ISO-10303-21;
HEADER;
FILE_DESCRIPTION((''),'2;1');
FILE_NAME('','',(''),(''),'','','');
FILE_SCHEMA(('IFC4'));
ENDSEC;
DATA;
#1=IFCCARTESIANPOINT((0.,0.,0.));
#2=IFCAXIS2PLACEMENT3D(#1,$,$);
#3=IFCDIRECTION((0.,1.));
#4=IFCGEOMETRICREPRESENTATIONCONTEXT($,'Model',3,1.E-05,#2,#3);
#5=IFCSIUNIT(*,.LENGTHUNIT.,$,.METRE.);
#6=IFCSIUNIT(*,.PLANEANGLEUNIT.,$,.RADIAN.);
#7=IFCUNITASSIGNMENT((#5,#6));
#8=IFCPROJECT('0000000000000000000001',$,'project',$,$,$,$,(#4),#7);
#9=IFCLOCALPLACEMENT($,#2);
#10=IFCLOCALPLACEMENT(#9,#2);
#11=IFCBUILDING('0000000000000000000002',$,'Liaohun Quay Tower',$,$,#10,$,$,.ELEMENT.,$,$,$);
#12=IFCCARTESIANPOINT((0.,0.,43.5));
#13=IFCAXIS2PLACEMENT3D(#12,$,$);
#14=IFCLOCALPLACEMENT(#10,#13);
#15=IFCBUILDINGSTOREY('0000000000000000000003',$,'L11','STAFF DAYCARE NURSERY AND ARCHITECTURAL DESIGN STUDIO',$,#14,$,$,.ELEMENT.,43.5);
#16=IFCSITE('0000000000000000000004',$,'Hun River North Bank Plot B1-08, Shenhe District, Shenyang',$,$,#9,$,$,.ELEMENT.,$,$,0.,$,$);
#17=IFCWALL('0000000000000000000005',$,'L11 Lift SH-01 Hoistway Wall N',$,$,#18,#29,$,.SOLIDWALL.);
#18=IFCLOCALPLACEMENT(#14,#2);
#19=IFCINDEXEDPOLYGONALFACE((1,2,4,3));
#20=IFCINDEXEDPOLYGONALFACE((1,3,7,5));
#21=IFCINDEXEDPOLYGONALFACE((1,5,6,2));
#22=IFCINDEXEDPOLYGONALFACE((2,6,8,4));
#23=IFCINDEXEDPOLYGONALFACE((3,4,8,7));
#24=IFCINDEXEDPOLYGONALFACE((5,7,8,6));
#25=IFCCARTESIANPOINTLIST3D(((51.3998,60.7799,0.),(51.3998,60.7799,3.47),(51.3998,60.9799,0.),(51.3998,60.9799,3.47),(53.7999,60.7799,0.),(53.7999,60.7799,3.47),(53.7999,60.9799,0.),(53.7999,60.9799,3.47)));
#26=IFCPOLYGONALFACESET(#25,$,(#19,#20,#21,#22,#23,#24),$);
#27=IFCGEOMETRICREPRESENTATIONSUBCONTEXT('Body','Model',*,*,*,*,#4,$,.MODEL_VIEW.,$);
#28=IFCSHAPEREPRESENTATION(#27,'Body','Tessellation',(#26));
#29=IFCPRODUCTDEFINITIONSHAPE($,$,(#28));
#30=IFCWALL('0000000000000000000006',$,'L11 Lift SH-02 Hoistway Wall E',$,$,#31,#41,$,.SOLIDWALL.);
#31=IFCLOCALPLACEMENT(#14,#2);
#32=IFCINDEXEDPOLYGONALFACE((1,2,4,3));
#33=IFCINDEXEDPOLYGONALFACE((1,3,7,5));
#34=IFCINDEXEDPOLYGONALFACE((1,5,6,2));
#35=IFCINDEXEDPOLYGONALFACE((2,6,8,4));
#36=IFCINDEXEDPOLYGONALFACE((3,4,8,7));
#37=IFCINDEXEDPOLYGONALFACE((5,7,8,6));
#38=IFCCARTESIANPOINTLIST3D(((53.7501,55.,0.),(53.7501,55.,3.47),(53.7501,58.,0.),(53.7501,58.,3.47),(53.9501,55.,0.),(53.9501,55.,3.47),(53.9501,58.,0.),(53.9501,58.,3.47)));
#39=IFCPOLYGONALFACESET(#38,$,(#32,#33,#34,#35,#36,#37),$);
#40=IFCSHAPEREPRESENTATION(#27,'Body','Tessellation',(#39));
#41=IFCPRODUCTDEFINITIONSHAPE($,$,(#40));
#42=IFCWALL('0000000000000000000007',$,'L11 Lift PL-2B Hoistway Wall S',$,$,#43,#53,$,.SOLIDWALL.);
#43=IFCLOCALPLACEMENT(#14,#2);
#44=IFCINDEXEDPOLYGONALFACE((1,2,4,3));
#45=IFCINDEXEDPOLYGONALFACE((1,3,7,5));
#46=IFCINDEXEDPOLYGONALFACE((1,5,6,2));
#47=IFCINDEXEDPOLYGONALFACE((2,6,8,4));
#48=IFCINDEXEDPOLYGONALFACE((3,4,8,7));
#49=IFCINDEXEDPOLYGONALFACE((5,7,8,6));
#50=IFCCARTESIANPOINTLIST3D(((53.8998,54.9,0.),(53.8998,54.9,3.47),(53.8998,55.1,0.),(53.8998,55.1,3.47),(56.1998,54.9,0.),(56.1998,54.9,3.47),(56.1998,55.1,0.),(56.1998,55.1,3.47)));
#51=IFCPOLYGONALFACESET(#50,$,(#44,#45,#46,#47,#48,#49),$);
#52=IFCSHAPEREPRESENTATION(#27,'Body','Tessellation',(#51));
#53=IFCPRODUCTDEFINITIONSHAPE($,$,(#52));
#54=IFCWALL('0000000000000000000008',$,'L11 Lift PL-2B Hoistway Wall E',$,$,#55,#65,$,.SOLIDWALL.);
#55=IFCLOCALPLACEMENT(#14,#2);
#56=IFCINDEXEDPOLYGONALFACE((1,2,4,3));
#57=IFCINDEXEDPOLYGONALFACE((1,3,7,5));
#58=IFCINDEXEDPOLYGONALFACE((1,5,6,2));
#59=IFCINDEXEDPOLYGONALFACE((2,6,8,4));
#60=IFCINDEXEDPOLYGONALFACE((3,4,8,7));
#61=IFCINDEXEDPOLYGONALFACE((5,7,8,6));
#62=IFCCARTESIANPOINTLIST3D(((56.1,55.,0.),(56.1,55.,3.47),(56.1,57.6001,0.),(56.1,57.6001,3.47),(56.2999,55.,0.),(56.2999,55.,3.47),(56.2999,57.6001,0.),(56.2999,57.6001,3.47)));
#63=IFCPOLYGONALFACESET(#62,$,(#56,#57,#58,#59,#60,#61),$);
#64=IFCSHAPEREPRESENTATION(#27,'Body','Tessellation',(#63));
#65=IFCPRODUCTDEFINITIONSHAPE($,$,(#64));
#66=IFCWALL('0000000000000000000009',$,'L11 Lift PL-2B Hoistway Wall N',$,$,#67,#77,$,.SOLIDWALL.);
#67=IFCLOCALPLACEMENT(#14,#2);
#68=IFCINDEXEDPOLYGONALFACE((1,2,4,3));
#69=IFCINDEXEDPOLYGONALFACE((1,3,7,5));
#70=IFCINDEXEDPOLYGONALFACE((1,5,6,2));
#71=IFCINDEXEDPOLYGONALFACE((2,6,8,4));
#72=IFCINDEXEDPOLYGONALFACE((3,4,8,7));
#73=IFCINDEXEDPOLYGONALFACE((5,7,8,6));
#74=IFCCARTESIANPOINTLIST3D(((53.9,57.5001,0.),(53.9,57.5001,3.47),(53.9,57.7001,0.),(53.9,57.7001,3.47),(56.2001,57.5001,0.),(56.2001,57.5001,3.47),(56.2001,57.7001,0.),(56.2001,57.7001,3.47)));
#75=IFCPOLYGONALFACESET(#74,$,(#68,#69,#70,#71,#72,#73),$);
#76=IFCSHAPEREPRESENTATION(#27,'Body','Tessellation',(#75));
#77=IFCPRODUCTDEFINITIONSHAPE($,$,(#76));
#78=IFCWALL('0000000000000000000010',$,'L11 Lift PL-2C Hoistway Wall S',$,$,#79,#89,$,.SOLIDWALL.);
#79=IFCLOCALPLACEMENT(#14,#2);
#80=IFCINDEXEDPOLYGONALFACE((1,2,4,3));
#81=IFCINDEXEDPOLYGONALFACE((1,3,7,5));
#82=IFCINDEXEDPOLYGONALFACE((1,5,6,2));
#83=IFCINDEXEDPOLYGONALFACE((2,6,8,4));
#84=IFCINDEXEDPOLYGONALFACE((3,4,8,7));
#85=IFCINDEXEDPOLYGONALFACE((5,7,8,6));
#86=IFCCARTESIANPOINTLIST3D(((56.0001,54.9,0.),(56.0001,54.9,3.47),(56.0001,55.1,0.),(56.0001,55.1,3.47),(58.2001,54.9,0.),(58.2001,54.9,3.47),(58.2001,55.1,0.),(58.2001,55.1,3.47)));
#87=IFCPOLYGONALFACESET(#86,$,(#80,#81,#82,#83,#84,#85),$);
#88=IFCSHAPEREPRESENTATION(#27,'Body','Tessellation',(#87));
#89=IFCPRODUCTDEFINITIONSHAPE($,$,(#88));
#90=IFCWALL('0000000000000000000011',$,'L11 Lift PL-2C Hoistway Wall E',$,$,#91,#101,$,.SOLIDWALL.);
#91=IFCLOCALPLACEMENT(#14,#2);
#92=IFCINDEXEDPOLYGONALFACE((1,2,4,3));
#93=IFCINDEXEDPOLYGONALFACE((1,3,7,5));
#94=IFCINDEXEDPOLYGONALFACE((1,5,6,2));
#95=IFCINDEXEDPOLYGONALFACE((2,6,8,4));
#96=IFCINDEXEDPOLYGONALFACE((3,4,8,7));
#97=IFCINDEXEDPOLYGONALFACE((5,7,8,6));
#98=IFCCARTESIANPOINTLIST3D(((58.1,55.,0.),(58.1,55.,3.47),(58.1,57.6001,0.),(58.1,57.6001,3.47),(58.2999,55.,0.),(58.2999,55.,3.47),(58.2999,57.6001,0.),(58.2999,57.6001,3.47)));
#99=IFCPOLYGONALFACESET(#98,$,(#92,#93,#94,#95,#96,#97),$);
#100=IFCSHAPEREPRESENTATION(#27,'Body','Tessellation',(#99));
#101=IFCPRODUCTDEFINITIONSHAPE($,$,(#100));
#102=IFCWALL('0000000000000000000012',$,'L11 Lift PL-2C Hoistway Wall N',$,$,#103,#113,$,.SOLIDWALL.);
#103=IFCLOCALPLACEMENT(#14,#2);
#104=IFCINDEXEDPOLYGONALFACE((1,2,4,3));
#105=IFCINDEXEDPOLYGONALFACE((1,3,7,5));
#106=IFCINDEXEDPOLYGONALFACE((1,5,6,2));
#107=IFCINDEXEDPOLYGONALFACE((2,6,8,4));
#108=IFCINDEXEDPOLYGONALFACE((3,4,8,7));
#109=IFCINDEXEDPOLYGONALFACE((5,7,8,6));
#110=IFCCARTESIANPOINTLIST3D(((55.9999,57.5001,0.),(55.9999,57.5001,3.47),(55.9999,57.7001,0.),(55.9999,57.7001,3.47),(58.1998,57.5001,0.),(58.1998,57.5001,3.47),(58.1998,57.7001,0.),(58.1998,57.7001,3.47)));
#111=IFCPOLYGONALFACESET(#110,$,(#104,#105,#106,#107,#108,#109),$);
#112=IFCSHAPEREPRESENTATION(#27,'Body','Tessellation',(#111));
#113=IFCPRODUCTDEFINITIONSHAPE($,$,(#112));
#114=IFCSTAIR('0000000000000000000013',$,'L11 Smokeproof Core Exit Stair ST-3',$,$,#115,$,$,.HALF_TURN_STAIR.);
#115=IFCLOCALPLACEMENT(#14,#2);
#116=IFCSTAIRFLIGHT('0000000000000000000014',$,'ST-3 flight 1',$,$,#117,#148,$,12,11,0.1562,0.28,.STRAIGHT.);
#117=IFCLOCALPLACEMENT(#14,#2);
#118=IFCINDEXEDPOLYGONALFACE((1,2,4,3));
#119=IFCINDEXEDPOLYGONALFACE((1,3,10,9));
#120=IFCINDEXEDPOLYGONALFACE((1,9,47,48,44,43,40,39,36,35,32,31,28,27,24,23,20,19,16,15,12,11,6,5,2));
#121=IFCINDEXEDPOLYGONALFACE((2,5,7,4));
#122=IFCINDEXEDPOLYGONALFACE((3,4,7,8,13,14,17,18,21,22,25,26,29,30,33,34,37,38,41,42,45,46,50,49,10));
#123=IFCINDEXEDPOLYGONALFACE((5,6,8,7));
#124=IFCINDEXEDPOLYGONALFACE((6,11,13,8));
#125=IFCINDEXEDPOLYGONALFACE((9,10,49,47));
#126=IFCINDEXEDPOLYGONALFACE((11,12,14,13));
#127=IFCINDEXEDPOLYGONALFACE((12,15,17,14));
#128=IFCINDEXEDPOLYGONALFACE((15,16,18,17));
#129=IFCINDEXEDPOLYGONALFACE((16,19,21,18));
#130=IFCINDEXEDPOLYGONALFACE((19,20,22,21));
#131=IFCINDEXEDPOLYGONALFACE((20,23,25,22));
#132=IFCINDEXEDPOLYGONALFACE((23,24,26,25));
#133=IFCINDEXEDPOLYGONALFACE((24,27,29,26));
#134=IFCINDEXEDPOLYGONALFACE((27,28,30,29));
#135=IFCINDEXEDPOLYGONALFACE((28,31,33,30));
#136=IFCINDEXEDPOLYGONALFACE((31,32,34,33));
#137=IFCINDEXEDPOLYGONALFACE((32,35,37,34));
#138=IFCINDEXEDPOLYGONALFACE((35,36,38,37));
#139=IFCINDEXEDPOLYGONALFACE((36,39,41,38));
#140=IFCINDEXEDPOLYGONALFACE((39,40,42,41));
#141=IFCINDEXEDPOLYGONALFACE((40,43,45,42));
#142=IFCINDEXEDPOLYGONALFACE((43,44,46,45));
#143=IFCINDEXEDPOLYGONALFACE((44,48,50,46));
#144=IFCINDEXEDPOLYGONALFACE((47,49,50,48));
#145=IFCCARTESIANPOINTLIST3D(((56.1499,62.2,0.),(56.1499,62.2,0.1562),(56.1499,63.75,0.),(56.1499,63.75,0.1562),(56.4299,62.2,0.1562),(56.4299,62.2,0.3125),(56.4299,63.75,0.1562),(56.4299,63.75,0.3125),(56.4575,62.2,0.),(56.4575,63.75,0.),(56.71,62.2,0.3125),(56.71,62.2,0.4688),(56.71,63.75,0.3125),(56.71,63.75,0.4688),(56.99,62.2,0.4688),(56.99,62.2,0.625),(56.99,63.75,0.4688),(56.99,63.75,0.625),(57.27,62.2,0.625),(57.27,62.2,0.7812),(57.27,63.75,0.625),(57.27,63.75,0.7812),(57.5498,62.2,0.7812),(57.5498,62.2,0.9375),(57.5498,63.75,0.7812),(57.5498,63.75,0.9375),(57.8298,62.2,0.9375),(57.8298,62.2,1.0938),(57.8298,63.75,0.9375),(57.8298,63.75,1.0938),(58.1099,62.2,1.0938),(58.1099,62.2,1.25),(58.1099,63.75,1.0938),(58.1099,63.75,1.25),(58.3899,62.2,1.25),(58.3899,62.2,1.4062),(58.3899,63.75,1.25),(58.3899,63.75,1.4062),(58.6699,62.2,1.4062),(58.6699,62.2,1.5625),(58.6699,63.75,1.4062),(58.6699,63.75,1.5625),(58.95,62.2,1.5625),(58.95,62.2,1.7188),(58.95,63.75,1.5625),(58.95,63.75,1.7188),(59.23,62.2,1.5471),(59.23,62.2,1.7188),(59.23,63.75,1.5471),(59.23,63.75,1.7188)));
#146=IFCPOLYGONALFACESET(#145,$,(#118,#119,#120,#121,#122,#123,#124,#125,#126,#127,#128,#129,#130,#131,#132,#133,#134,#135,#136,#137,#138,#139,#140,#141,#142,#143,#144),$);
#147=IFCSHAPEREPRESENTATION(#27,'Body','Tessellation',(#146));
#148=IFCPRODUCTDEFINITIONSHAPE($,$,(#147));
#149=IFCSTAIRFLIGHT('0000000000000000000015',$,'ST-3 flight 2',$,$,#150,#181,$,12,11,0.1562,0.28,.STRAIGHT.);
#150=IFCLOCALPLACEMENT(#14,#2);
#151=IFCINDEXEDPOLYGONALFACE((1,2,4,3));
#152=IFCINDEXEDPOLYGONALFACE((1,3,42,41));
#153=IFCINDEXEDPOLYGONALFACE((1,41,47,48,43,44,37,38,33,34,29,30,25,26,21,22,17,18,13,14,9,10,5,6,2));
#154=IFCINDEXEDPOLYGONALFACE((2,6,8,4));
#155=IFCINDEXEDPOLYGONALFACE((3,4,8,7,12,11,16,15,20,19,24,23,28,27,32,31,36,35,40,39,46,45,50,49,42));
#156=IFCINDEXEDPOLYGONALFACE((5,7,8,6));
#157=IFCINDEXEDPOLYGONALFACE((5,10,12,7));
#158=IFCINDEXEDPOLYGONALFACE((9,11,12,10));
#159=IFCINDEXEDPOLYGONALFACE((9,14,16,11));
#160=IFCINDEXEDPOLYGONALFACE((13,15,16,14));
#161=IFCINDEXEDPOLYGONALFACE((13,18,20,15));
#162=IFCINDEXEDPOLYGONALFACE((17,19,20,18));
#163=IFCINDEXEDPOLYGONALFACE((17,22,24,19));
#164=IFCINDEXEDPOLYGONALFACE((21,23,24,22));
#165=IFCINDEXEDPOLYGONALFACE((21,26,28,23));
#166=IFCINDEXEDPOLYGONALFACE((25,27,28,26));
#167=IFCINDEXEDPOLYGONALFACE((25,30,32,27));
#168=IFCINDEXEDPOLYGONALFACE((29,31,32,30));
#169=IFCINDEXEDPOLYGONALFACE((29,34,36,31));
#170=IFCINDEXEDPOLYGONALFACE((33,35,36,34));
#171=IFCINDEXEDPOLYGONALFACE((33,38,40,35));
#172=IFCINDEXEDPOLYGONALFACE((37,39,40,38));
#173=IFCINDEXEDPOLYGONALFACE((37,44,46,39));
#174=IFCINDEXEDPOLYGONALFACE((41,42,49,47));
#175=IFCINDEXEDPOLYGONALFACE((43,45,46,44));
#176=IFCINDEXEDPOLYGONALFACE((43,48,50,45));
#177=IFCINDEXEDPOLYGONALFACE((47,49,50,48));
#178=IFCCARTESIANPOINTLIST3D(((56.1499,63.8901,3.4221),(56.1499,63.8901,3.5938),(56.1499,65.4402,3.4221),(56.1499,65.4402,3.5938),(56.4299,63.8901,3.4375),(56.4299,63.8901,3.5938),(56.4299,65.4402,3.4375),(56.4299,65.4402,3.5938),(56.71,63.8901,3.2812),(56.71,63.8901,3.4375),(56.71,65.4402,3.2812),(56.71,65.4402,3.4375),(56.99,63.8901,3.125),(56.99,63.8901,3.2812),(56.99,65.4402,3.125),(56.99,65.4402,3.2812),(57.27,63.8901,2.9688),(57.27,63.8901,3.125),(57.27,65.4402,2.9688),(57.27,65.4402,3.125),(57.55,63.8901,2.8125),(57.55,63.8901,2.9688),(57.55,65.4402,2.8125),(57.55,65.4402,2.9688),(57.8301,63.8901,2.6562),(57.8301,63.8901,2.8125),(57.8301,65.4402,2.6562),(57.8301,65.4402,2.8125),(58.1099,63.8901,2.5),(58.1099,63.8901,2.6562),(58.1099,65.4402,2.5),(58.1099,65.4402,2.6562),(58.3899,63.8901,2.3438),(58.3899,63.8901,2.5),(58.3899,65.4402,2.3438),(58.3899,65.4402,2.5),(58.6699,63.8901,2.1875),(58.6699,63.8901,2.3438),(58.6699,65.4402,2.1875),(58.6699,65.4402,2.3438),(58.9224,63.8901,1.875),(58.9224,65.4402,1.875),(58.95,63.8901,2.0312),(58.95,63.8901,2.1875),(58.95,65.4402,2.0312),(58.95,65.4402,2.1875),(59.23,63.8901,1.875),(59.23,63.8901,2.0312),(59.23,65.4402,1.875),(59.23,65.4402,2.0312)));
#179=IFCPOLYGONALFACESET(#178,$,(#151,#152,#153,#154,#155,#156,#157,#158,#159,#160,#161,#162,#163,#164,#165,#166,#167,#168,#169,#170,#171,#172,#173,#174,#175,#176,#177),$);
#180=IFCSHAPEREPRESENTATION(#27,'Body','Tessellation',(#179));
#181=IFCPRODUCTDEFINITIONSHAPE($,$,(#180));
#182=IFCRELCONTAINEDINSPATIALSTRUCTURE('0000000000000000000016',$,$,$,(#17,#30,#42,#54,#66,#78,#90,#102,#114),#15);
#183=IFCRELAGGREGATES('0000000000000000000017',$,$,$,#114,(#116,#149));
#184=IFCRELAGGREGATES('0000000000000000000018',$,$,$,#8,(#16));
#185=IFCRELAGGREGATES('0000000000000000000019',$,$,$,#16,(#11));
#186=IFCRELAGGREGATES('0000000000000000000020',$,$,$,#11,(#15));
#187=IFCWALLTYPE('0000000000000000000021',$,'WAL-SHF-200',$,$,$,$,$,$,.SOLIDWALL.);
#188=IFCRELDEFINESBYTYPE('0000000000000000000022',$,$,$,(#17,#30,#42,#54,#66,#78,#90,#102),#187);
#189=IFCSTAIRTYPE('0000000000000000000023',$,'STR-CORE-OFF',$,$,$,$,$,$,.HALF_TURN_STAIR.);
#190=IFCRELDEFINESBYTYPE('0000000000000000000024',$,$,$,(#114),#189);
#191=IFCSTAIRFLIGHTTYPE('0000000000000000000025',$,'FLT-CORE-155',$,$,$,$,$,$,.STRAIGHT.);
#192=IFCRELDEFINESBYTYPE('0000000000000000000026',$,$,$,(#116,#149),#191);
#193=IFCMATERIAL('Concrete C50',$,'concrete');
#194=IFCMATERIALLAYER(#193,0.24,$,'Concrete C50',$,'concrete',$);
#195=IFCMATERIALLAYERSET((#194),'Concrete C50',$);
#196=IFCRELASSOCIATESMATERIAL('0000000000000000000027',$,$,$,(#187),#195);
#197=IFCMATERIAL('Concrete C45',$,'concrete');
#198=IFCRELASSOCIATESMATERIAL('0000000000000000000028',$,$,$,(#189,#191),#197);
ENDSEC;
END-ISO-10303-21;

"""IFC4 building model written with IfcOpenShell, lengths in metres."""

from ifc_helpers import new_model, si_unit, direction, frame, frame_2d, origin, place, context, subcontext, project, spatial, polyline, rectangle, outline, extrude, material, layer, layer_set, type_object, element, aggregate, save


model = new_model("IFC4")

# Units and contexts
model_context = context("Model", 3, precision=1e-05, world=origin(), true_north=direction((0.0, 1.0)))
body_context = subcontext(model_context, "Body", "Model", "MODEL_VIEW")
ifc_project = project(units=[si_unit("LENGTHUNIT", "METRE"), si_unit("PLANEANGLEUNIT", "RADIAN")], contexts=[model_context])

# Site, building, storey
site_placement = place(None, origin())
site = spatial("IfcSite", under=ifc_project, at=site_placement, Name="Hun River North Bank Plot B1-08, Shenhe District, Shenyang", CompositionType="ELEMENT", RefElevation=0.0)
building_placement = place(site_placement, origin())
building = spatial("IfcBuilding", under=site, at=building_placement, Name="Liaohun Quay Tower", CompositionType="ELEMENT")
storey_placement = place(building_placement, frame((0.0, 0.0, 43.5)))
storey = spatial("IfcBuildingStorey", under=building, at=storey_placement, Name="L11", Description="STAFF DAYCARE NURSERY AND ARCHITECTURAL DESIGN STUDIO", CompositionType="ELEMENT", Elevation=43.5)

# Shared definitions
ifc_material_1 = material(Name="Concrete C50", Category="concrete")
ifc_layer_1 = layer(ifc_material_1, 0.24, Name="Concrete C50", Category="concrete")
ifc_layer_set_1 = layer_set([ifc_layer_1], Name="Concrete C50")
wall_type_1 = type_object("IfcWallType", Name="WAL-SHF-200", PredefinedType="SOLIDWALL", material=ifc_layer_set_1)

# Walls
wall_1_placement = place(storey_placement, frame((53.8, 60.8799, 0.0), z_axis=(0.0, 0.0, 1.0), x_axis=(-1.0, 0.0, 0.0)))
element("IfcWall", 1, at=wall_1_placement, inside=storey, type_object=wall_type_1, Name="L11 Lift SH-01 Hoistway Wall N", PredefinedType="SOLIDWALL", context=body_context, shape_type="SweptSolid", body=[
    extrude(rectangle(XDim=2.4001, YDim=0.2, at=frame_2d((1.2002, 0.0))), origin(), (0.0, 0.0, 1.0), 3.47),
])
wall_2_placement = place(storey_placement, frame((53.8501, 55.0, 0.0), z_axis=(0.0, 0.0, 1.0), x_axis=(0.0, 1.0, 0.0)))
element("IfcWall", 2, at=wall_2_placement, inside=storey, type_object=wall_type_1, Name="L11 Lift SH-02 Hoistway Wall E", PredefinedType="SOLIDWALL", context=body_context, shape_type="SweptSolid", body=[
    extrude(rectangle(XDim=3.0, YDim=0.2, at=frame_2d((1.5, 0.0))), origin(), (0.0, 0.0, 1.0), 3.47),
])
wall_3_placement = place(storey_placement, frame((53.8999, 55.0, 0.0), z_axis=(0.0, 0.0, 1.0), x_axis=(1.0, 0.0, 0.0)))
element("IfcWall", 3, at=wall_3_placement, inside=storey, type_object=wall_type_1, Name="L11 Lift PL-2B Hoistway Wall S", PredefinedType="SOLIDWALL", context=body_context, shape_type="SweptSolid", body=[
    extrude(rectangle(XDim=2.3, YDim=0.2, at=frame_2d((1.1499, 0.0))), origin(), (0.0, 0.0, 1.0), 3.47),
])
wall_4_placement = place(storey_placement, frame((56.2, 55.0, 0.0), z_axis=(0.0, 0.0, 1.0), x_axis=(0.0, 1.0, 0.0)))
element("IfcWall", 4, at=wall_4_placement, inside=storey, type_object=wall_type_1, Name="L11 Lift PL-2B Hoistway Wall E", PredefinedType="SOLIDWALL", context=body_context, shape_type="SweptSolid", body=[
    extrude(rectangle(XDim=2.6001, YDim=0.2, at=frame_2d((1.3, 0.0))), origin(), (0.0, 0.0, 1.0), 3.47),
])
wall_5_placement = place(storey_placement, frame((56.2, 57.6001, 0.0), z_axis=(0.0, 0.0, 1.0), x_axis=(-1.0, 0.0, 0.0)))
element("IfcWall", 5, at=wall_5_placement, inside=storey, type_object=wall_type_1, Name="L11 Lift PL-2B Hoistway Wall N", PredefinedType="SOLIDWALL", context=body_context, shape_type="SweptSolid", body=[
    extrude(rectangle(XDim=2.3, YDim=0.2, at=frame_2d((1.1499, 0.0))), origin(), (0.0, 0.0, 1.0), 3.47),
])
wall_6_placement = place(storey_placement, frame((56.0, 55.0, 0.0), z_axis=(0.0, 0.0, 1.0), x_axis=(1.0, 0.0, 0.0)))
element("IfcWall", 6, at=wall_6_placement, inside=storey, type_object=wall_type_1, Name="L11 Lift PL-2C Hoistway Wall S", PredefinedType="SOLIDWALL", context=body_context, shape_type="SweptSolid", body=[
    extrude(rectangle(XDim=2.2, YDim=0.2, at=frame_2d((1.1001, 0.0))), origin(), (0.0, 0.0, 1.0), 3.47),
])
wall_7_placement = place(storey_placement, frame((58.2, 55.0, 0.0), z_axis=(0.0, 0.0, 1.0), x_axis=(0.0, 1.0, 0.0)))
element("IfcWall", 7, at=wall_7_placement, inside=storey, type_object=wall_type_1, Name="L11 Lift PL-2C Hoistway Wall E", PredefinedType="SOLIDWALL", context=body_context, shape_type="SweptSolid", body=[
    extrude(rectangle(XDim=2.6001, YDim=0.2, at=frame_2d((1.3, 0.0))), origin(), (0.0, 0.0, 1.0), 3.47),
])
wall_8_placement = place(storey_placement, frame((58.2, 57.6001, 0.0), z_axis=(0.0, 0.0, 1.0), x_axis=(-1.0, 0.0, 0.0)))
element("IfcWall", 8, at=wall_8_placement, inside=storey, type_object=wall_type_1, Name="L11 Lift PL-2C Hoistway Wall N", PredefinedType="SOLIDWALL", context=body_context, shape_type="SweptSolid", body=[
    extrude(rectangle(XDim=2.2, YDim=0.2, at=frame_2d((1.1001, 0.0))), origin(), (0.0, 0.0, 1.0), 3.47),
])

# Stair, stair flights
ifc_material_2 = material(Name="Concrete C45", Category="concrete")
stair_type = type_object("IfcStairType", Name="STR-CORE-OFF", PredefinedType="HALF_TURN_STAIR", material=ifc_material_2)
stair_placement = place(storey_placement, origin())
stair = element("IfcStair", 9, at=stair_placement, inside=storey, type_object=stair_type, Name="L11 Smokeproof Core Exit Stair ST-3", PredefinedType="HALF_TURN_STAIR")
stair_flight_type = type_object("IfcStairFlightType", Name="FLT-CORE-155", PredefinedType="STRAIGHT", material=ifc_material_2)
stair_flight_1_placement = place(storey_placement, frame((56.1499, 62.9751, 0.0), z_axis=(0.0, 0.0, 1.0), x_axis=(1.0, 0.0, 0.0)))
stair_flight_1 = element("IfcStairFlight", 10, at=stair_flight_1_placement, type_object=stair_flight_type, Name="ST-3 flight 1", NumberOfRisers=12, NumberOfTreads=11, PredefinedType="STRAIGHT", RiserHeight=0.1562, TreadLength=0.28, context=body_context, shape_type="SweptSolid", body=[
    extrude(outline(polyline([(0.0, 0.0), (0.0, 0.1562), (0.28, 0.1562), (0.28, 0.3125), (0.5601, 0.3125), (0.5601, 0.4688), (0.8401, 0.4688), (0.8401, 0.625), (1.1201, 0.625), (1.1201, 0.7812), (1.3999, 0.7812), (1.3999, 0.9375), (1.6799, 0.9375), (1.6799, 1.0938), (1.96, 1.0938), (1.96, 1.25), (2.24, 1.25), (2.24, 1.4062), (2.52, 1.4062), (2.52, 1.5625), (2.8, 1.5625), (2.8, 1.7188), (3.0801, 1.7188), (3.0801, 1.875), (3.0801, 1.5471), (0.3076, 0.0), (0.0, 0.0)])), frame((0.0, 0.7749, 0.0), z_axis=(0.0, -1.0, 0.0), x_axis=(1.0, 0.0, 0.0)), (0.0, 0.0, 1.0), 1.55),
])
stair_flight_2_placement = place(storey_placement, frame((59.23, 64.665, 1.875), z_axis=(0.0, 0.0, 1.0), x_axis=(-1.0, 0.0, 0.0)))
stair_flight_2 = element("IfcStairFlight", 11, at=stair_flight_2_placement, type_object=stair_flight_type, Name="ST-3 flight 2", NumberOfRisers=12, NumberOfTreads=11, PredefinedType="STRAIGHT", RiserHeight=0.1562, TreadLength=0.28, context=body_context, shape_type="SweptSolid", body=[
    extrude(outline(polyline([(0.0, 0.0), (0.0, 0.1562), (0.28, 0.1562), (0.28, 0.3125), (0.5601, 0.3125), (0.5601, 0.4688), (0.8401, 0.4688), (0.8401, 0.625), (1.1201, 0.625), (1.1201, 0.7812), (1.3999, 0.7812), (1.3999, 0.9375), (1.6799, 0.9375), (1.6799, 1.0938), (1.96, 1.0938), (1.96, 1.25), (2.24, 1.25), (2.24, 1.4062), (2.52, 1.4062), (2.52, 1.5625), (2.8, 1.5625), (2.8, 1.7188), (3.0801, 1.7188), (3.0801, 1.875), (3.0801, 1.5471), (0.3076, 0.0), (0.0, 0.0)])), frame((0.0, 0.7749, 0.0), z_axis=(0.0, -1.0, 0.0), x_axis=(1.0, 0.0, 0.0)), (0.0, 0.0, 1.0), 1.55),
])
aggregate(stair, [stair_flight_1, stair_flight_2])

save(model, "model.ifc")
